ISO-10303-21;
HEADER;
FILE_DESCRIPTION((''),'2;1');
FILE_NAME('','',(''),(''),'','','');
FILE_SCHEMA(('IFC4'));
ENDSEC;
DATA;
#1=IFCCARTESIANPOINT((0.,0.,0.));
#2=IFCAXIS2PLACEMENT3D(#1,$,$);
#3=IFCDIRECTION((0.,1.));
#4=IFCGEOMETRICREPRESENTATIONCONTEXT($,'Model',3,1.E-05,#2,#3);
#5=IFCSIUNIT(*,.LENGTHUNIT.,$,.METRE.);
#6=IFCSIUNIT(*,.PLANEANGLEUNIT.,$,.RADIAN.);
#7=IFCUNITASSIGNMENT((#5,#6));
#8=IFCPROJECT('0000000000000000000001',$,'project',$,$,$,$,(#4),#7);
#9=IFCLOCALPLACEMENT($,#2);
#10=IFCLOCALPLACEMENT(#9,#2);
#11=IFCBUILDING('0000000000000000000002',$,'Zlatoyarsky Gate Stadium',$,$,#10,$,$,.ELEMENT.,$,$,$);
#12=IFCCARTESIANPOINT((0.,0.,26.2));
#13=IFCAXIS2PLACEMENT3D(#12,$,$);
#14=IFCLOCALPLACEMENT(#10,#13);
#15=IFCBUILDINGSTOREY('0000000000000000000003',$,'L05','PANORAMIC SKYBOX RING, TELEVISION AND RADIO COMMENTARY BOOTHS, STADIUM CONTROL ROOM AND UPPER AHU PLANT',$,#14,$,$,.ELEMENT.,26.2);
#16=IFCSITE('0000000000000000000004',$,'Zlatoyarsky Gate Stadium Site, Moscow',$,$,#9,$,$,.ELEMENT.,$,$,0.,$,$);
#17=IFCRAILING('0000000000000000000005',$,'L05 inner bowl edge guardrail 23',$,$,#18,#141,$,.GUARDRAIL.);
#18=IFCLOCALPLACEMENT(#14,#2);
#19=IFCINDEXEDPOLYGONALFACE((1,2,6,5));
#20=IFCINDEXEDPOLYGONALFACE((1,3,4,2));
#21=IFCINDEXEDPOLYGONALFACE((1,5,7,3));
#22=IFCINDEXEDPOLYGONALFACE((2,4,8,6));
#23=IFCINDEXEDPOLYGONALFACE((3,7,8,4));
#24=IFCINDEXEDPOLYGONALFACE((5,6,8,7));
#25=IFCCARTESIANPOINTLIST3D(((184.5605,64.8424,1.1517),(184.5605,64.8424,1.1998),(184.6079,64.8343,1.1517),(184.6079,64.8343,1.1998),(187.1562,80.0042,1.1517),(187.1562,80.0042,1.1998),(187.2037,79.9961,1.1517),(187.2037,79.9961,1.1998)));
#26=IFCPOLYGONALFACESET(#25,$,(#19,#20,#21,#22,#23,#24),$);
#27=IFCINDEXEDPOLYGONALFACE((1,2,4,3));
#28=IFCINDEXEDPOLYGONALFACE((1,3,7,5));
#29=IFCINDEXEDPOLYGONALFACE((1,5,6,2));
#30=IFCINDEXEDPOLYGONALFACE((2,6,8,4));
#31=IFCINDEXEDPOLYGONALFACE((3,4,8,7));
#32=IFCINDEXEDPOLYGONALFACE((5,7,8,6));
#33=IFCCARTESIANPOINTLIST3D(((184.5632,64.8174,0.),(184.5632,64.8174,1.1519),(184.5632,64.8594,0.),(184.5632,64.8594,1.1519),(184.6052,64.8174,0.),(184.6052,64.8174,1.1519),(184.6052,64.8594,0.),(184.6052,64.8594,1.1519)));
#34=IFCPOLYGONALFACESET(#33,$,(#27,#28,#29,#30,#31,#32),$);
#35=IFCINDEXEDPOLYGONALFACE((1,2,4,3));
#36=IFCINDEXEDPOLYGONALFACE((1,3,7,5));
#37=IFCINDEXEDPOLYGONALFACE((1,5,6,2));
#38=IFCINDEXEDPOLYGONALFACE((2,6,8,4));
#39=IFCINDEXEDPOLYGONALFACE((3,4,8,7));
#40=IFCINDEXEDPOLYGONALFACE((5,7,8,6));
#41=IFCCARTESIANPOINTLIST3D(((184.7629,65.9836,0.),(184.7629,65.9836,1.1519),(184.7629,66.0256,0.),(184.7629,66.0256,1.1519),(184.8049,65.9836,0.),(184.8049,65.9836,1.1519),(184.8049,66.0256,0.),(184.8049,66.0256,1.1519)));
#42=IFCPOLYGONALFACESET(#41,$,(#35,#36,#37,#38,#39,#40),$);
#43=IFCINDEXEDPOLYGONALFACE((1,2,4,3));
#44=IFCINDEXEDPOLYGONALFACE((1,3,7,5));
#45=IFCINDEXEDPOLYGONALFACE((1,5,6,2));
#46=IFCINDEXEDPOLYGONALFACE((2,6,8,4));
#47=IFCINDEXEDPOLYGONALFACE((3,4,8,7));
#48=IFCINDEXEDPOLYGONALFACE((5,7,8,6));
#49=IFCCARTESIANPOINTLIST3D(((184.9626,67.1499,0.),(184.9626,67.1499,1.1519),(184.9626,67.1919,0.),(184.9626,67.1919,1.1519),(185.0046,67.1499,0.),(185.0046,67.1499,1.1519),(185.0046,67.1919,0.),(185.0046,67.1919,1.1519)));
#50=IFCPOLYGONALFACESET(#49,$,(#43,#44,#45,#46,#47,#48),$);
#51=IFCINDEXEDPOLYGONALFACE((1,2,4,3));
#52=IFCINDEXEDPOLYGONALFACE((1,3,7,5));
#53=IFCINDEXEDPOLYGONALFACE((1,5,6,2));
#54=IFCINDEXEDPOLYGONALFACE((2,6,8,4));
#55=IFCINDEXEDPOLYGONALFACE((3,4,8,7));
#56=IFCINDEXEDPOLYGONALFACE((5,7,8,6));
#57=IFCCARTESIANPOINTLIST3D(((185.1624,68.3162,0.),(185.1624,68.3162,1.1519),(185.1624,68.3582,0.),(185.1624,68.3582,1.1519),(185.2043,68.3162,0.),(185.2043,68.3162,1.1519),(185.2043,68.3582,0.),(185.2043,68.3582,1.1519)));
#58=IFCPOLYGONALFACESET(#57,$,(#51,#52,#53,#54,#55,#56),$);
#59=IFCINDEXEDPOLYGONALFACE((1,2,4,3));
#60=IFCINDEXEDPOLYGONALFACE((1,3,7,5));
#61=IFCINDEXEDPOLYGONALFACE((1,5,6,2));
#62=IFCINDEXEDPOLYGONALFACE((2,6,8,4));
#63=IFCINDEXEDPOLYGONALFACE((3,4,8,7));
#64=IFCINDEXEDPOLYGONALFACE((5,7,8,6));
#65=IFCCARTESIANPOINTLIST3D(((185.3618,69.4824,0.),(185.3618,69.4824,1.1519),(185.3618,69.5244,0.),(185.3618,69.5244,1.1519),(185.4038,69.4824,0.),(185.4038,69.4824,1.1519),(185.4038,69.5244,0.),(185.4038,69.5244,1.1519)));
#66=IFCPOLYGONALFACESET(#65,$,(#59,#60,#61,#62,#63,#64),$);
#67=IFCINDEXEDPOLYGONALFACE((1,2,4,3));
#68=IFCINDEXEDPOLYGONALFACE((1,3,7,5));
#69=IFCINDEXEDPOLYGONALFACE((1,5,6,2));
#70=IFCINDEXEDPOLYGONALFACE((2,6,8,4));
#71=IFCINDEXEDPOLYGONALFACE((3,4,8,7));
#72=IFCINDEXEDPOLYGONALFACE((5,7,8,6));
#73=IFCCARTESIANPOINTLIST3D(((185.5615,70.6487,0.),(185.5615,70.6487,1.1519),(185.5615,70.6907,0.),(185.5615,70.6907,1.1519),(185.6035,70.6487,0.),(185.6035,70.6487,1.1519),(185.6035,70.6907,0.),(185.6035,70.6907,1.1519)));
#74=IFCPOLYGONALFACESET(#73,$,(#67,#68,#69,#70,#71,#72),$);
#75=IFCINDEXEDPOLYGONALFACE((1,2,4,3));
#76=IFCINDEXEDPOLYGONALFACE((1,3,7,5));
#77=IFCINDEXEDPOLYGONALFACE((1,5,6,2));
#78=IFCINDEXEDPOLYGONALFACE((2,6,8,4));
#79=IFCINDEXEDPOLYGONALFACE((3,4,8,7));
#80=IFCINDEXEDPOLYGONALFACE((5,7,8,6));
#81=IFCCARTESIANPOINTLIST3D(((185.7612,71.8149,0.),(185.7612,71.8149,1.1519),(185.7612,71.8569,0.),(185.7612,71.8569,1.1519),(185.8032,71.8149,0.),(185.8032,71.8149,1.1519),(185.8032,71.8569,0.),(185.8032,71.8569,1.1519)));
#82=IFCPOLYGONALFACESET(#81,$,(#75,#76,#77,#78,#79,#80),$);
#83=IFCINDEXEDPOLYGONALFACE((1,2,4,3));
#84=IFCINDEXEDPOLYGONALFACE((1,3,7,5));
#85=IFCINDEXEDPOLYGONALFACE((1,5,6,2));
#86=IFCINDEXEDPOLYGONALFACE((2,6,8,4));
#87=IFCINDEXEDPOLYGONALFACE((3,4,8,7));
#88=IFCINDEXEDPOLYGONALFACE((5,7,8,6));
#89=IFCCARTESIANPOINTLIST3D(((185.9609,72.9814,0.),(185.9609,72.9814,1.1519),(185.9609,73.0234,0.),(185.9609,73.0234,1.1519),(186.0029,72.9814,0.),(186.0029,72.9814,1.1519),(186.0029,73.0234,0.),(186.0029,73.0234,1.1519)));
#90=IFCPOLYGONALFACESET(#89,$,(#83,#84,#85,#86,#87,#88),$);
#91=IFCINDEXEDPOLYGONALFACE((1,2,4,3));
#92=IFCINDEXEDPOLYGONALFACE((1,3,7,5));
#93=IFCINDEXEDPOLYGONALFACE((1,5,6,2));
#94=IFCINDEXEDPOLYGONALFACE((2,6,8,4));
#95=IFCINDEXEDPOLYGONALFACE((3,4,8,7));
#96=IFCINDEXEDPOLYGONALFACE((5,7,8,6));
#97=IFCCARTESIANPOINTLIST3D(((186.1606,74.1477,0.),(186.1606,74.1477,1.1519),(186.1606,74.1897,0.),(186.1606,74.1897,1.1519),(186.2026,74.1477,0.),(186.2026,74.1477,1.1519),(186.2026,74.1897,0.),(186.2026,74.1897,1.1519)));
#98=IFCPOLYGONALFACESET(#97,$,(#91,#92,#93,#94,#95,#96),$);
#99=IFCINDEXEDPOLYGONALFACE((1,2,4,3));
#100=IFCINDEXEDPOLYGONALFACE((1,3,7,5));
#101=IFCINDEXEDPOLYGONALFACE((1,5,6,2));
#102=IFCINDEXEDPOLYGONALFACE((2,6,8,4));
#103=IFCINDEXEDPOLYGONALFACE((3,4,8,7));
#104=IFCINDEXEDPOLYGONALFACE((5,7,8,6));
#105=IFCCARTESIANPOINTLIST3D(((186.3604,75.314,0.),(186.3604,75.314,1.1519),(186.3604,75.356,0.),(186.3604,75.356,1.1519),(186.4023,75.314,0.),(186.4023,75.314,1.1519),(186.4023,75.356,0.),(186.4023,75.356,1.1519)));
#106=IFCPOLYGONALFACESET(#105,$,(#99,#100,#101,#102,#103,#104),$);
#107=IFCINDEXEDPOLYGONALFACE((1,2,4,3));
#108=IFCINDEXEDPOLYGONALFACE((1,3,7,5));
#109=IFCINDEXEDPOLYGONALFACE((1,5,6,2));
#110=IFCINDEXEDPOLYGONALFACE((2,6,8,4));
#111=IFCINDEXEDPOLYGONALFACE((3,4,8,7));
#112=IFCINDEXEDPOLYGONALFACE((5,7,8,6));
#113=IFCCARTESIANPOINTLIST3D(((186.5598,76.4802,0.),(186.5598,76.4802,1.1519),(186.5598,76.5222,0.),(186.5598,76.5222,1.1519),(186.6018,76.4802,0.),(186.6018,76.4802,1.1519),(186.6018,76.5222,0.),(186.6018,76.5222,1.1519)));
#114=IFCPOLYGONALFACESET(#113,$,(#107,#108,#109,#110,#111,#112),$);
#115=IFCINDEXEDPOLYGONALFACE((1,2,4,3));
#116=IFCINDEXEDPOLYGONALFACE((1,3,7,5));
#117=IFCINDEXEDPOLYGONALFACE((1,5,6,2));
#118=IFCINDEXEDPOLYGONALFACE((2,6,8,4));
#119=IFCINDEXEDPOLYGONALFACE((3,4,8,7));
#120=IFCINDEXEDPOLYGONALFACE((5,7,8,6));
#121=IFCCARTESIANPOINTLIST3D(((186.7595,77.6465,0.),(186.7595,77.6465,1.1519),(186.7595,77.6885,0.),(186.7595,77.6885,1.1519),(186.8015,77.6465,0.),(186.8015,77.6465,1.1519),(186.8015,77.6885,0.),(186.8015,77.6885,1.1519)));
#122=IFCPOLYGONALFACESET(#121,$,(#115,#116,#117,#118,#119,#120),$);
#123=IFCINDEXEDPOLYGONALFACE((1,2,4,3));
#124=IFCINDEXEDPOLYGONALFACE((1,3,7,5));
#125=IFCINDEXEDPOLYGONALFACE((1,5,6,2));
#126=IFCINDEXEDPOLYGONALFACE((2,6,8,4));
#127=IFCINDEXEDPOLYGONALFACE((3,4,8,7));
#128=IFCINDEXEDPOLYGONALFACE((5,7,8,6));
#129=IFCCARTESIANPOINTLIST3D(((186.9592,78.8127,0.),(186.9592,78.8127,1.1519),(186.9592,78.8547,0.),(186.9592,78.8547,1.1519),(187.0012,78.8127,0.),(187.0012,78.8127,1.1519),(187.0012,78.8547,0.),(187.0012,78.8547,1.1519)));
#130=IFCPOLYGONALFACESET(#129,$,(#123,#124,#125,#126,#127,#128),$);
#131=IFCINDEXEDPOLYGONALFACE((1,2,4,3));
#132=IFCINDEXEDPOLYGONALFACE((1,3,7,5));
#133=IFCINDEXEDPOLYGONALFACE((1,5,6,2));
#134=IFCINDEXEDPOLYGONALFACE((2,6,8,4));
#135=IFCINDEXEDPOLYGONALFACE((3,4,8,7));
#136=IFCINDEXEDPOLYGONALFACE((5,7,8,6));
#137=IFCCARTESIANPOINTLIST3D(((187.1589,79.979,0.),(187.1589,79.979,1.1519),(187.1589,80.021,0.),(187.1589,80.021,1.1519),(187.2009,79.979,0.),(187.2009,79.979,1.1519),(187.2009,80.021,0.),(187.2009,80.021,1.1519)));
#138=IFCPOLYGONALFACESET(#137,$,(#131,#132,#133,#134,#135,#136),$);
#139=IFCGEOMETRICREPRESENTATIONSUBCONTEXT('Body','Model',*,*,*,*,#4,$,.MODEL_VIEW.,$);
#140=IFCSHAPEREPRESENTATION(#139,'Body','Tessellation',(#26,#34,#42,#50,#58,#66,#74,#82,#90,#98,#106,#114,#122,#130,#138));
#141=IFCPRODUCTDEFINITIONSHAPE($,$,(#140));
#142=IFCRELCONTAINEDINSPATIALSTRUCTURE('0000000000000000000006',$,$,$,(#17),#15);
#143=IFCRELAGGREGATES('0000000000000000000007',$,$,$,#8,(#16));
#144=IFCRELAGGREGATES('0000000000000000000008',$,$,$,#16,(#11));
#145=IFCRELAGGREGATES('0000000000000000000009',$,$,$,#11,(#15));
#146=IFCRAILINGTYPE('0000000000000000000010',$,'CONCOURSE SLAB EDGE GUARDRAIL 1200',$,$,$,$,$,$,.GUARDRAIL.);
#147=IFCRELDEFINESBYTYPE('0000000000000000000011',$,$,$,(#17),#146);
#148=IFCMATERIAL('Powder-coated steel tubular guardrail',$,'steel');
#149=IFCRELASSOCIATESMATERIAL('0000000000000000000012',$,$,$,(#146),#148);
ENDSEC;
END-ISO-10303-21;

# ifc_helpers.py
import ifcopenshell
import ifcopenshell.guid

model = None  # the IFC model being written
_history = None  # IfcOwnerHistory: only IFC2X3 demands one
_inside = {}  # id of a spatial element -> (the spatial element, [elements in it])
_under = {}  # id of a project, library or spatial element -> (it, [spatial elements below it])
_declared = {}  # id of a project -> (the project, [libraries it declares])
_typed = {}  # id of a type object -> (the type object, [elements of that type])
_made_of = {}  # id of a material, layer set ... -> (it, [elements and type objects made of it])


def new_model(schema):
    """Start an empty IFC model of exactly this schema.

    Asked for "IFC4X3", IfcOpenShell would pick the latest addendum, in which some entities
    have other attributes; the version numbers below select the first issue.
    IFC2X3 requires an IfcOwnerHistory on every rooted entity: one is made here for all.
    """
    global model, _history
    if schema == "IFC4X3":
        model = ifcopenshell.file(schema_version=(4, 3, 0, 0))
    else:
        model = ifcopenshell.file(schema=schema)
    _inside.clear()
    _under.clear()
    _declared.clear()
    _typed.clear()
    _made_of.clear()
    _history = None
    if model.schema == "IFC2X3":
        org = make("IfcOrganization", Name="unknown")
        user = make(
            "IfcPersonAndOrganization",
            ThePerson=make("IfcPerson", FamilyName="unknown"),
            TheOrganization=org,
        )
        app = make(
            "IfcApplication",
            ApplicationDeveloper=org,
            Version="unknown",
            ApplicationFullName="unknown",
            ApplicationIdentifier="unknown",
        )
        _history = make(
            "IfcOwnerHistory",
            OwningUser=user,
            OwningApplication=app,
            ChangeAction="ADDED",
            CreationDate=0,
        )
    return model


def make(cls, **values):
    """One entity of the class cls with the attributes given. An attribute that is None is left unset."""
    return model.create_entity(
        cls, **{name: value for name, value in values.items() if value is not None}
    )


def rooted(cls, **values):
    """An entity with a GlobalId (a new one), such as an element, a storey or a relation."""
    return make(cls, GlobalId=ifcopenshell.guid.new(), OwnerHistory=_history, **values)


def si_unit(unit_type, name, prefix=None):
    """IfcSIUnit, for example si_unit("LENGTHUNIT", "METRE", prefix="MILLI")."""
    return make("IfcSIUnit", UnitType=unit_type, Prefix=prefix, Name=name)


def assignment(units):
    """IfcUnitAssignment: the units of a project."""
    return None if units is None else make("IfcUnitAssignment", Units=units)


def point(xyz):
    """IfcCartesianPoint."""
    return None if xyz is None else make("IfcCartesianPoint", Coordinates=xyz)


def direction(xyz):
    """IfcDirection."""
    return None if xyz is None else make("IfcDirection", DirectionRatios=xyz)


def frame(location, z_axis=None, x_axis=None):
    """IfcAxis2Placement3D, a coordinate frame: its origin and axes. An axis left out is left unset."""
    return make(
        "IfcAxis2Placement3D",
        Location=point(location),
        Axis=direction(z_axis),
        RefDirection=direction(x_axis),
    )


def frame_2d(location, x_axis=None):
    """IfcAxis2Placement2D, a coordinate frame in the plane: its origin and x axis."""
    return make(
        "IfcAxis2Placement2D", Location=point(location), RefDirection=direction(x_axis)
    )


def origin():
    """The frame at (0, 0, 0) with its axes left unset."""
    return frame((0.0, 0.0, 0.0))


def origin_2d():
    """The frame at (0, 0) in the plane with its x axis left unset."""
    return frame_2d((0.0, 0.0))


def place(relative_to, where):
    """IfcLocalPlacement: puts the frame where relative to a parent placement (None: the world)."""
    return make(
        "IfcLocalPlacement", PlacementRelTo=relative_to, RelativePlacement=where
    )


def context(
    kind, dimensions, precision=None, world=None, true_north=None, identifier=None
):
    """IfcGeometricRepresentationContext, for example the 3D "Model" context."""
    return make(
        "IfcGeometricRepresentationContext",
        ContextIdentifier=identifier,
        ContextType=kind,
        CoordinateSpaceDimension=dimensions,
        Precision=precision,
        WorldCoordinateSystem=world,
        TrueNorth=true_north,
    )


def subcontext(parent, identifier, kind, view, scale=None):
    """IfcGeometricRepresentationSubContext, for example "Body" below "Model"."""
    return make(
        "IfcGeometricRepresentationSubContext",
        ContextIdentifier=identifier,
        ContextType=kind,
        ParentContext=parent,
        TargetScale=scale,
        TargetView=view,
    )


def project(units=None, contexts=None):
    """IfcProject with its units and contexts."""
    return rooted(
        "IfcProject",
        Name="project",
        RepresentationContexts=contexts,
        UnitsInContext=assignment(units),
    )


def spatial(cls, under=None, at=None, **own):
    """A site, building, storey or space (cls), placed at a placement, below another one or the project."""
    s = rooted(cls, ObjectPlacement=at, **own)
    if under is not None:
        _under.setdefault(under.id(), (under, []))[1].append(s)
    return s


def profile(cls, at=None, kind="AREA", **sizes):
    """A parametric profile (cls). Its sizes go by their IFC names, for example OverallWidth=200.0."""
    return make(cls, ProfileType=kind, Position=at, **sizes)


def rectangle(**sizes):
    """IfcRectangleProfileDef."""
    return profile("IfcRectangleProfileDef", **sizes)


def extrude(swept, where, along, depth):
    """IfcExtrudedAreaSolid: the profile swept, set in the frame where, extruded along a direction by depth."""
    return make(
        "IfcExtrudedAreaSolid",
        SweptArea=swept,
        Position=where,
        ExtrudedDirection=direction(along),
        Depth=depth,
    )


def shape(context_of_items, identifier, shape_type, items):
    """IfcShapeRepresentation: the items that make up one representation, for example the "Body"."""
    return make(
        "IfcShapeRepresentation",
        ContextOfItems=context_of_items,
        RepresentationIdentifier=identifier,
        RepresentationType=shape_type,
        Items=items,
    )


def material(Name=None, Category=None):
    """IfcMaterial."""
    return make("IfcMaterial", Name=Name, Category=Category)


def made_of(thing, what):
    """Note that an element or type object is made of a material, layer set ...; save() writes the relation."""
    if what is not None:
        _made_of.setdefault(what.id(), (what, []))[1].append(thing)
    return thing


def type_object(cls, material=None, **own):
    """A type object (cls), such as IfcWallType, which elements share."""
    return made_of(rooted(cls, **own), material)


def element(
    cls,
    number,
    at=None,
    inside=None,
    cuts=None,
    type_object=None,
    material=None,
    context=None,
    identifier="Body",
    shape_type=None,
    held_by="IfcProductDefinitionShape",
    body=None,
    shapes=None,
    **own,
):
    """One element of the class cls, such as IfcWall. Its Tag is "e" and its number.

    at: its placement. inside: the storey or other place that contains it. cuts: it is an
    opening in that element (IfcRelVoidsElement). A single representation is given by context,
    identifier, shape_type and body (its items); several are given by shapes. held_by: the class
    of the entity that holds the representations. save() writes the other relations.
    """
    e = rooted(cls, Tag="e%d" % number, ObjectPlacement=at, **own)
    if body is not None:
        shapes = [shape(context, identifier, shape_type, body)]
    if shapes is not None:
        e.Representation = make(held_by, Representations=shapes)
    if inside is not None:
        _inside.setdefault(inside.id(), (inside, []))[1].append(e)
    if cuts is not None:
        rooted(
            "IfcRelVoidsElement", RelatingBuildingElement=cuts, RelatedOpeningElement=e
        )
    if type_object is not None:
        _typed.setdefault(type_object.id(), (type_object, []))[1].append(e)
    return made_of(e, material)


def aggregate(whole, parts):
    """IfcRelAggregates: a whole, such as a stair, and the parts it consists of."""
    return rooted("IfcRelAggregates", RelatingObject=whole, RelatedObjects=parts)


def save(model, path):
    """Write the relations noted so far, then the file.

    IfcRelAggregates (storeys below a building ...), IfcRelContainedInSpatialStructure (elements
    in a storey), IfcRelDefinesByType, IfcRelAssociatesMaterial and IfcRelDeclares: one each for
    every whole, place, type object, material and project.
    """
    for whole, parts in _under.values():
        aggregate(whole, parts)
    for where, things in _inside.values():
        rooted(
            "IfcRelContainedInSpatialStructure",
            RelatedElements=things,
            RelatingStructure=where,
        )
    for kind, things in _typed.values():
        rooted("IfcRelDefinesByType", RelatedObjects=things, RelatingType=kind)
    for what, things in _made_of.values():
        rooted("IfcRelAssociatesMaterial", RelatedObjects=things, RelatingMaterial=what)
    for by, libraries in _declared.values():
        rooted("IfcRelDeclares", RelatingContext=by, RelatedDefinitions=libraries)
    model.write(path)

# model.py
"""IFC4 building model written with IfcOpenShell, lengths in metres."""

from ifc_helpers import new_model, si_unit, direction, frame, origin, origin_2d, place, context, subcontext, project, spatial, rectangle, extrude, material, type_object, element, save


model = new_model("IFC4")

# Units and contexts
model_context = context("Model", 3, precision=1e-05, world=origin(), true_north=direction((0.0, 1.0)))
body_context = subcontext(model_context, "Body", "Model", "MODEL_VIEW")
ifc_project = project(units=[si_unit("LENGTHUNIT", "METRE"), si_unit("PLANEANGLEUNIT", "RADIAN")], contexts=[model_context])

# Site, building, storey
site_placement = place(None, origin())
site = spatial("IfcSite", under=ifc_project, at=site_placement, Name="Zlatoyarsky Gate Stadium Site, Moscow", CompositionType="ELEMENT", RefElevation=0.0)
building_placement = place(site_placement, origin())
building = spatial("IfcBuilding", under=site, at=building_placement, Name="Zlatoyarsky Gate Stadium", CompositionType="ELEMENT")
storey_placement = place(building_placement, frame((0.0, 0.0, 26.2)))
storey = spatial("IfcBuildingStorey", under=building, at=storey_placement, Name="L05", Description="PANORAMIC SKYBOX RING, TELEVISION AND RADIO COMMENTARY BOOTHS, STADIUM CONTROL ROOM AND UPPER AHU PLANT", CompositionType="ELEMENT", Elevation=26.2)

# Railing
ifc_material_1 = material(Name="Powder-coated steel tubular guardrail", Category="steel")
railing_type = type_object("IfcRailingType", Name="CONCOURSE SLAB EDGE GUARDRAIL 1200", PredefinedType="GUARDRAIL", material=ifc_material_1)
railing_1_placement = place(storey_placement, frame((184.5842, 64.8384, 0.0)))
element("IfcRailing", 1, at=railing_1_placement, inside=storey, type_object=railing_type, Name="L05 inner bowl edge guardrail 23", PredefinedType="GUARDRAIL", context=body_context, shape_type="SweptSolid", body=[
    extrude(rectangle(XDim=0.0481, YDim=0.0481, at=origin_2d()), frame((0.0, 0.0, 1.1758), z_axis=(0.168747, 0.985659, 0.0), x_axis=(-0.985659, 0.168747, 0.0)), (0.0, 0.0, 1.0), 15.3823),
    extrude(rectangle(XDim=0.042, YDim=0.042, at=origin_2d()), origin(), (0.0, 0.0, 1.0), 1.1519),
    extrude(rectangle(XDim=0.042, YDim=0.042, at=origin_2d()), frame((0.1997, 1.1663, 0.0)), (0.0, 0.0, 1.0), 1.1519),
    extrude(rectangle(XDim=0.042, YDim=0.042, at=origin_2d()), frame((0.3994, 2.3325, 0.0)), (0.0, 0.0, 1.0), 1.1519),
    extrude(rectangle(XDim=0.042, YDim=0.042, at=origin_2d()), frame((0.5991, 3.4988, 0.0)), (0.0, 0.0, 1.0), 1.1519),
    extrude(rectangle(XDim=0.042, YDim=0.042, at=origin_2d()), frame((0.7986, 4.665, 0.0)), (0.0, 0.0, 1.0), 1.1519),
    extrude(rectangle(XDim=0.042, YDim=0.042, at=origin_2d()), frame((0.9983, 5.8313, 0.0)), (0.0, 0.0, 1.0), 1.1519),
    extrude(rectangle(XDim=0.042, YDim=0.042, at=origin_2d()), frame((1.198, 6.9976, 0.0)), (0.0, 0.0, 1.0), 1.1519),
    extrude(rectangle(XDim=0.042, YDim=0.042, at=origin_2d()), frame((1.3977, 8.1641, 0.0)), (0.0, 0.0, 1.0), 1.1519),
    extrude(rectangle(XDim=0.042, YDim=0.042, at=origin_2d()), frame((1.5974, 9.3303, 0.0)), (0.0, 0.0, 1.0), 1.1519),
    extrude(rectangle(XDim=0.042, YDim=0.042, at=origin_2d()), frame((1.7971, 10.4966, 0.0)), (0.0, 0.0, 1.0), 1.1519),
    extrude(rectangle(XDim=0.042, YDim=0.042, at=origin_2d()), frame((1.9966, 11.6628, 0.0)), (0.0, 0.0, 1.0), 1.1519),
    extrude(rectangle(XDim=0.042, YDim=0.042, at=origin_2d()), frame((2.1963, 12.8291, 0.0)), (0.0, 0.0, 1.0), 1.1519),
    extrude(rectangle(XDim=0.042, YDim=0.042, at=origin_2d()), frame((2.396, 13.9954, 0.0)), (0.0, 0.0, 1.0), 1.1519),
    extrude(rectangle(XDim=0.042, YDim=0.042, at=origin_2d()), frame((2.5957, 15.1616, 0.0)), (0.0, 0.0, 1.0), 1.1519),
])

save(model, "model.ifc")
